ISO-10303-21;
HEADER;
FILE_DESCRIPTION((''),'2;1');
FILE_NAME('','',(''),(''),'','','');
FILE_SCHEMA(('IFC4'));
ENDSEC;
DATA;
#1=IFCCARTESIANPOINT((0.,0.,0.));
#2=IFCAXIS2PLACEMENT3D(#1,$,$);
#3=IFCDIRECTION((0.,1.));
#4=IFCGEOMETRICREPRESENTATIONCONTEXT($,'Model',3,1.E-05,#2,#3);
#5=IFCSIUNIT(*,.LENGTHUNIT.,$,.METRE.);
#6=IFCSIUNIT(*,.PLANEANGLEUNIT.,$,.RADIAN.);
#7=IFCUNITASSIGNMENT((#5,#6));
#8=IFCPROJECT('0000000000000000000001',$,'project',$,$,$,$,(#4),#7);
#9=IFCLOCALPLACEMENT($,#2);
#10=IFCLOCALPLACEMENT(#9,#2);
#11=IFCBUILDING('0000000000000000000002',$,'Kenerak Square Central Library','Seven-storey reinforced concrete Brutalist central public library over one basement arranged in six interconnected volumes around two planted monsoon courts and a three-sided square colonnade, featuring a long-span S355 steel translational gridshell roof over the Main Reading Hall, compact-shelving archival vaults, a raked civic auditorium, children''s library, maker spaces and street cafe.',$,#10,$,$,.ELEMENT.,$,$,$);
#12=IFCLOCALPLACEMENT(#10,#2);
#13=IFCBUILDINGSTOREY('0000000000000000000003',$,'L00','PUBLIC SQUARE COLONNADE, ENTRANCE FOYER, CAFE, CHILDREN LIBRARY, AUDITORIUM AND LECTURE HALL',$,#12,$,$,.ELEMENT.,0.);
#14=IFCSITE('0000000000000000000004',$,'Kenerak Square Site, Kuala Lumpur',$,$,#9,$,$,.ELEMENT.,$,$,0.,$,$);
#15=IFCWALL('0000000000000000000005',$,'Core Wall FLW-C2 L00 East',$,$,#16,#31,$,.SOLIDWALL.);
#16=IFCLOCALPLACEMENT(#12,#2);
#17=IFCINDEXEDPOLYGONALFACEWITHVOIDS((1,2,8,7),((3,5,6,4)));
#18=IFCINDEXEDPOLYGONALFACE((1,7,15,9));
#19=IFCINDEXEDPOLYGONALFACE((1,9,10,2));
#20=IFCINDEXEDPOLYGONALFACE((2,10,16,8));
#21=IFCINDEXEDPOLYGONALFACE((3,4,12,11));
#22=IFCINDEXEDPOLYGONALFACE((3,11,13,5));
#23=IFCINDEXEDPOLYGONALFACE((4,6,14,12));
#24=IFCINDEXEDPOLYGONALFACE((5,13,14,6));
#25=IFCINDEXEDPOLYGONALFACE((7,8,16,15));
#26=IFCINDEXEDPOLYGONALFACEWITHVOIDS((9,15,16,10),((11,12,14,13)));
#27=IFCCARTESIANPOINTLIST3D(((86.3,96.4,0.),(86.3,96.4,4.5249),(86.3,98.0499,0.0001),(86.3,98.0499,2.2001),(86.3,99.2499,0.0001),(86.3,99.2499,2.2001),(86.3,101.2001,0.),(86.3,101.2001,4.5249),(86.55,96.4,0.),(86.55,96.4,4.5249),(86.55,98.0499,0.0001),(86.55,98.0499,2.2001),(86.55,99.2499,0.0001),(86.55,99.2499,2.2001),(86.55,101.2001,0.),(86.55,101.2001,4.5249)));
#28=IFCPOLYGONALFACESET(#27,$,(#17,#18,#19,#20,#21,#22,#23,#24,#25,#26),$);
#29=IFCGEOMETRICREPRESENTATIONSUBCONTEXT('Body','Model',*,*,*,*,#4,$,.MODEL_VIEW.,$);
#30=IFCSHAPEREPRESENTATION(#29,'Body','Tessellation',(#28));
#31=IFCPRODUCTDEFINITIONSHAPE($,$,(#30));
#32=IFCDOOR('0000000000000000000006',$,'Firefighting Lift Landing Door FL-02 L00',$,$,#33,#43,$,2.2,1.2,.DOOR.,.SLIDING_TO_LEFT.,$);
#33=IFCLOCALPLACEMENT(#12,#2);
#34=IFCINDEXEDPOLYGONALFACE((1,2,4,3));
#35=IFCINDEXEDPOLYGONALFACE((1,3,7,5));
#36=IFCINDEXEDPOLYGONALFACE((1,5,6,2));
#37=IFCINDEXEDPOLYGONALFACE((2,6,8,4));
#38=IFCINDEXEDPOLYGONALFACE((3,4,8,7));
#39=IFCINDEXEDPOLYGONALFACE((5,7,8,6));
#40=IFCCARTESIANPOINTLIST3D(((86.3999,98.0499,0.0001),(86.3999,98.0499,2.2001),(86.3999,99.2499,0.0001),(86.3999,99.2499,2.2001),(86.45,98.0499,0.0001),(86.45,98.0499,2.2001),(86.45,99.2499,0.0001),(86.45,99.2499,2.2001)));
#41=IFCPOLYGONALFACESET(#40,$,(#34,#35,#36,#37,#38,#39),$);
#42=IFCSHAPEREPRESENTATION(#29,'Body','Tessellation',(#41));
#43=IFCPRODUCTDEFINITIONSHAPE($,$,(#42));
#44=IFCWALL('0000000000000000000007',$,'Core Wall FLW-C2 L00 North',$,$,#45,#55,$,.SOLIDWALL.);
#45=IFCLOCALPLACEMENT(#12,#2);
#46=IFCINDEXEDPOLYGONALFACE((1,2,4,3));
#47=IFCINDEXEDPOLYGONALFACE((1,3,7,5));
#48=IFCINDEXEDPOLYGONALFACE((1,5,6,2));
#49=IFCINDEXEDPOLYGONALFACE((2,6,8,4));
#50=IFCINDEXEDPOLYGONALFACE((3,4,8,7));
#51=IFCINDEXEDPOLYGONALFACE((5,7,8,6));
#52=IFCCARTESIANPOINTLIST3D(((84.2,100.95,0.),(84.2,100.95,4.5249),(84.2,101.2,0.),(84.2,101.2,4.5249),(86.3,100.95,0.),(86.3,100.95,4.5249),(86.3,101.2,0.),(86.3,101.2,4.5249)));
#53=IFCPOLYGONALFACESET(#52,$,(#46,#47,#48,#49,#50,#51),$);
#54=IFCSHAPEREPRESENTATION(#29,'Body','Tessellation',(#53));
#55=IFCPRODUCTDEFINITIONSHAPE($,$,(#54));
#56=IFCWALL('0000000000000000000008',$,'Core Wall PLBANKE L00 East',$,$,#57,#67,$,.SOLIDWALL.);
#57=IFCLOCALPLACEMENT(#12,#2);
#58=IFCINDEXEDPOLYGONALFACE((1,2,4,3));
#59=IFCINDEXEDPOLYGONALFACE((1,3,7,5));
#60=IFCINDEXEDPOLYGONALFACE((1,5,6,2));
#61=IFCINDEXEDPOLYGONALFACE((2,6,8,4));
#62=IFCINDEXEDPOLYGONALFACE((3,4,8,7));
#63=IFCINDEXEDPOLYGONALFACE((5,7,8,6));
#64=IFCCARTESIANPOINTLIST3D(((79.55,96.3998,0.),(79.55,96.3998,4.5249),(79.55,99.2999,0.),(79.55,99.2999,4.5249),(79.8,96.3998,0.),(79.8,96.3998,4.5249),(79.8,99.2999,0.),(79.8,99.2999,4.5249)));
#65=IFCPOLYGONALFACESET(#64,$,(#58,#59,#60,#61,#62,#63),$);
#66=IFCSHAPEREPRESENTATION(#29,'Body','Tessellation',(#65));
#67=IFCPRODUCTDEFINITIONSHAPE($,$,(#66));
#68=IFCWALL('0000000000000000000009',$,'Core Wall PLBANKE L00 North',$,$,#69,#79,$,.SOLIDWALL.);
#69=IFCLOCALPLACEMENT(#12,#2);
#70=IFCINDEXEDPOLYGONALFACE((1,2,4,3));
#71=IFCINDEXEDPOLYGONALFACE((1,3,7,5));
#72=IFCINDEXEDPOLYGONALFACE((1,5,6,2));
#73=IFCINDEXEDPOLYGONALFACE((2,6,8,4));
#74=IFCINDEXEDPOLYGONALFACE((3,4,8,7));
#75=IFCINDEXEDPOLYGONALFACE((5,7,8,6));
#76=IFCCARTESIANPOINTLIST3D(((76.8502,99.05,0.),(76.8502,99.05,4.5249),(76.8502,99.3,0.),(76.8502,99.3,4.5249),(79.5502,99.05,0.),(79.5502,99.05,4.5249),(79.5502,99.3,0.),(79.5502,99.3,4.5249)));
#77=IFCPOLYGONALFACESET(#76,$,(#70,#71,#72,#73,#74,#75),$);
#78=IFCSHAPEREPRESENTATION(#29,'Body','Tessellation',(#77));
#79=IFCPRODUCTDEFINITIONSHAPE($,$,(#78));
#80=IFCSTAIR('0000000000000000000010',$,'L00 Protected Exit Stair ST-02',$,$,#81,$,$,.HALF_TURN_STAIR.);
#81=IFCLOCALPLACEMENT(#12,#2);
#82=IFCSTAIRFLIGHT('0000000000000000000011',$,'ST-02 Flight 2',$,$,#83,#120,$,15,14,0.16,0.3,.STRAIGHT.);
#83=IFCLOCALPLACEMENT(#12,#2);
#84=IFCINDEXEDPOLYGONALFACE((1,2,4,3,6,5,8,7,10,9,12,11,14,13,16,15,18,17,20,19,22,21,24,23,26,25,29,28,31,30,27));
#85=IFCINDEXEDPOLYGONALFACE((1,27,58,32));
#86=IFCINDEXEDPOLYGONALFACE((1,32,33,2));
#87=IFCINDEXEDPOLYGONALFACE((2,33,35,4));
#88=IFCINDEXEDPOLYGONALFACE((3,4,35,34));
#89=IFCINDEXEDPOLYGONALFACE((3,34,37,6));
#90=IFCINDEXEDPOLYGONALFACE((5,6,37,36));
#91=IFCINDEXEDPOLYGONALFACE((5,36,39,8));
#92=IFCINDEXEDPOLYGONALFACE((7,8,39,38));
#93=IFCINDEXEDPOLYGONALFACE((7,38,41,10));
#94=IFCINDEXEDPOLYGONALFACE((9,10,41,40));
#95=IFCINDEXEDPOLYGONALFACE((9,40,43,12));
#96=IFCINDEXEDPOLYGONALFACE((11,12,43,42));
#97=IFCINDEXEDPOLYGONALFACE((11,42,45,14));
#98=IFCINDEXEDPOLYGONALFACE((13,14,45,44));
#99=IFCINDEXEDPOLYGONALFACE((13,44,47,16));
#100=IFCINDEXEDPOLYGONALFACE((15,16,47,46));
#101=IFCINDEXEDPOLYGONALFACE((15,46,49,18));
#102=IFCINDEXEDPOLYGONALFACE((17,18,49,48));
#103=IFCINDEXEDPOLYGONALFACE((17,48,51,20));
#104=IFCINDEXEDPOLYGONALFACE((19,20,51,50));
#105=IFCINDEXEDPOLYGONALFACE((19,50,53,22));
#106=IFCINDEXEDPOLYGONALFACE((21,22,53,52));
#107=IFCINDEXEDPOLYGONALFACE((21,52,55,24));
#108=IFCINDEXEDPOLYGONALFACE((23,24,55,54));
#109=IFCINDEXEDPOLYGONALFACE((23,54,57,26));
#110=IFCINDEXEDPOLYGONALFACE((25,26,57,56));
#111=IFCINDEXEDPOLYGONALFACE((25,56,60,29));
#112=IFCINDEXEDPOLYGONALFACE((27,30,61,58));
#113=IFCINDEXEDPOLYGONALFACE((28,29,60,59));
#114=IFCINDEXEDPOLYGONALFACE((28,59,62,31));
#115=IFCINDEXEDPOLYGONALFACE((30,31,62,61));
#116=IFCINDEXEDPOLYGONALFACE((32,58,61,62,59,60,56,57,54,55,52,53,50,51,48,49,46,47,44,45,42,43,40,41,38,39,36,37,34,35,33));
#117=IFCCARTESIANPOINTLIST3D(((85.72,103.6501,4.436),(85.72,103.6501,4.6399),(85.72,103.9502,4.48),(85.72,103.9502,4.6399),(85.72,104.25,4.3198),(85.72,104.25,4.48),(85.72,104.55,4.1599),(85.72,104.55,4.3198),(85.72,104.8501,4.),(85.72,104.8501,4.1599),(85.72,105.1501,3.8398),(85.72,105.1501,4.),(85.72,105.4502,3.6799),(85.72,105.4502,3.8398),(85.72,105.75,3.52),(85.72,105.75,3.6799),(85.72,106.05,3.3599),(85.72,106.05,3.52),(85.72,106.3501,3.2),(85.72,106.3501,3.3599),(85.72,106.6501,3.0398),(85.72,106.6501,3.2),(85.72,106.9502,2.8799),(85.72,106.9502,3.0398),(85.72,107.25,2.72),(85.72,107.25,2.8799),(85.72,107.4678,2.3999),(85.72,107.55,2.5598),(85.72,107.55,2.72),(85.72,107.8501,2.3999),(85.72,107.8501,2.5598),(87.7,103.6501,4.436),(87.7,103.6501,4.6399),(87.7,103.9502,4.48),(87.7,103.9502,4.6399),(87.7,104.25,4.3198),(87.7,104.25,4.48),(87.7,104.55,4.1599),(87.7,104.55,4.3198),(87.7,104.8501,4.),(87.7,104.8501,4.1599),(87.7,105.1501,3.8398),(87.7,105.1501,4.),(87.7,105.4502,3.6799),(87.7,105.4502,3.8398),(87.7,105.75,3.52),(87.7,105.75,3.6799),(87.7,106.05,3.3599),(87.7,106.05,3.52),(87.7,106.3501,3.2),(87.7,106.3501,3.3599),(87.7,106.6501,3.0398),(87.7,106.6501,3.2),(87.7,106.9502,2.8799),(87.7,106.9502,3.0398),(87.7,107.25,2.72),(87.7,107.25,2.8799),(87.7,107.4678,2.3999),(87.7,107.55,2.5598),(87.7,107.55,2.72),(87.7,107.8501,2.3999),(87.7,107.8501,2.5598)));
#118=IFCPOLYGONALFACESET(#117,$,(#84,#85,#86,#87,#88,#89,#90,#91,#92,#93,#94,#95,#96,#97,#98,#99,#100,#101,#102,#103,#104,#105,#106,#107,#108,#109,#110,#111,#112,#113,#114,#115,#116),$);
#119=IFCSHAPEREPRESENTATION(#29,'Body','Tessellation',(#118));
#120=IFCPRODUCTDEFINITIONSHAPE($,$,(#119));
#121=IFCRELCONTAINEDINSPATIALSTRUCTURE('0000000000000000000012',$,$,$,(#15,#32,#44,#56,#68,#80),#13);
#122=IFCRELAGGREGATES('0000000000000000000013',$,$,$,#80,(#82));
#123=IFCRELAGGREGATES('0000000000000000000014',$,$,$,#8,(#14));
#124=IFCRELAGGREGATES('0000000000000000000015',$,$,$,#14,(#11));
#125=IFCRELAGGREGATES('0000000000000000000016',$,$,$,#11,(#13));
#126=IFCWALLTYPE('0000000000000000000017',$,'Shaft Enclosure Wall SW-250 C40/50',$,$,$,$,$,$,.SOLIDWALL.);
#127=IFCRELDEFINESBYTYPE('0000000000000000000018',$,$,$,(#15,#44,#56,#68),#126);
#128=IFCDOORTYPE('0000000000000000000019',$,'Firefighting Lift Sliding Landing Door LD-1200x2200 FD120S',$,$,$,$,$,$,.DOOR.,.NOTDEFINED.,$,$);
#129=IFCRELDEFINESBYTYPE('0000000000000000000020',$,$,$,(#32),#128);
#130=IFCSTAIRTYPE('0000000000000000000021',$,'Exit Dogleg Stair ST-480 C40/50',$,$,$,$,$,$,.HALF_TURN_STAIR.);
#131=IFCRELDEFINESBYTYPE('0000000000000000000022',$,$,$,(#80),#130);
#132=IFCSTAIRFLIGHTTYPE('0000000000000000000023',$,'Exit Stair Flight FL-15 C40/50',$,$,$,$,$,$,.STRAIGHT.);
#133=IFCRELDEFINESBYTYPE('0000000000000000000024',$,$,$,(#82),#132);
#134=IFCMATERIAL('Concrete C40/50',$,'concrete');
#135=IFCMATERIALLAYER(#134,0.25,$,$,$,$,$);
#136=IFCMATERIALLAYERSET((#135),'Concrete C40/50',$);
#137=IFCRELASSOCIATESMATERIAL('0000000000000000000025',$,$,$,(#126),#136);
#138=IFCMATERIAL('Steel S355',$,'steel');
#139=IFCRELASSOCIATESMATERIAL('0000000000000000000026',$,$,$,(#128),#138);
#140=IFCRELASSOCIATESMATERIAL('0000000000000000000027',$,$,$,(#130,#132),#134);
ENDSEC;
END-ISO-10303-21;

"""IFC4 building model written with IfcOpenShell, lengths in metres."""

from ifc_helpers import new_model, si_unit, direction, frame, frame_2d, origin, place, context, subcontext, project, spatial, polyline, rectangle, outline, extrude, material, layer, layer_set, type_object, element, fill, aggregate, save


model = new_model("IFC4")

# Units and contexts
model_context = context("Model", 3, precision=1e-05, world=origin(), true_north=direction((0.0, 1.0)))
body_context = subcontext(model_context, "Body", "Model", "MODEL_VIEW")
ifc_project = project(units=[si_unit("LENGTHUNIT", "METRE"), si_unit("PLANEANGLEUNIT", "RADIAN")], contexts=[model_context])

# Site, building, storey
site_placement = place(None, origin())
site = spatial("IfcSite", under=ifc_project, at=site_placement, Name="Kenerak Square Site, Kuala Lumpur", CompositionType="ELEMENT", RefElevation=0.0)
building_placement = place(site_placement, origin())
building = spatial("IfcBuilding", under=site, at=building_placement, Name="Kenerak Square Central Library", Description="Seven-storey reinforced concrete Brutalist central public library over one basement arranged in six interconnected volumes around two planted monsoon courts and a three-sided square colonnade, featuring a long-span S355 steel translational gridshell roof over the Main Reading Hall, compact-shelving archival vaults, a raked civic auditorium, children's library, maker spaces and street cafe.", CompositionType="ELEMENT")
storey_placement = place(building_placement, origin())
storey = spatial("IfcBuildingStorey", under=building, at=storey_placement, Name="L00", Description="PUBLIC SQUARE COLONNADE, ENTRANCE FOYER, CAFE, CHILDREN LIBRARY, AUDITORIUM AND LECTURE HALL", CompositionType="ELEMENT", Elevation=0.0)

# Shared definitions
ifc_material_1 = material(Name="Concrete C40/50", Category="concrete")

# Wall, opening, door
ifc_layer_1 = layer(ifc_material_1, 0.25)
ifc_layer_set_1 = layer_set([ifc_layer_1], Name="Concrete C40/50")
wall_type_1 = type_object("IfcWallType", Name="Shaft Enclosure Wall SW-250 C40/50", PredefinedType="SOLIDWALL", material=ifc_layer_set_1)
wall_1_placement = place(storey_placement, frame((86.425, 101.2, 0.0), z_axis=(0.0, 0.0, 1.0), x_axis=(0.0, -1.0, 0.0)))
wall_1 = element("IfcWall", 1, at=wall_1_placement, inside=storey, type_object=wall_type_1, Name="Core Wall FLW-C2 L00 East", PredefinedType="SOLIDWALL", context=body_context, shape_type="SweptSolid", body=[
    extrude(rectangle(XDim=4.8, YDim=0.25, at=frame_2d((2.3999, 0.0))), origin(), (0.0, 0.0, 1.0), 4.5249),
])
opening_1_placement = place(wall_1_placement, frame((1.95, 0.0, 0.0)))
opening_1 = element("IfcOpeningElement", 2, at=opening_1_placement, cuts=wall_1, PredefinedType="OPENING", context=body_context, shape_type="SweptSolid", body=[
    extrude(rectangle(XDim=1.2, YDim=2.2, at=frame_2d((0.6001, 1.1001))), frame((0.0, 0.135, 0.0), z_axis=(0.0, -1.0, 0.0), x_axis=(1.0, 0.0, 0.0)), (0.0, 0.0, 1.0), 0.27),
])
ifc_material_2 = material(Name="Steel S355", Category="steel")
door_type_1 = type_object("IfcDoorType", Name="Firefighting Lift Sliding Landing Door LD-1200x2200 FD120S", OperationType="NOTDEFINED", PredefinedType="DOOR", material=ifc_material_2)
door_1_placement = place(opening_1_placement, origin())
door_1 = element("IfcDoor", 3, at=door_1_placement, inside=storey, type_object=door_type_1, Name="Firefighting Lift Landing Door FL-02 L00", OperationType="SLIDING_TO_LEFT", OverallHeight=2.2, OverallWidth=1.2, PredefinedType="DOOR", context=body_context, shape_type="SweptSolid", body=[
    extrude(rectangle(XDim=1.2, YDim=2.2, at=frame_2d((0.6001, 1.1001))), frame((0.0, 0.0249, 0.0), z_axis=(0.0, -1.0, 0.0), x_axis=(1.0, 0.0, 0.0)), (0.0, 0.0, 1.0), 0.05),
])
fill(opening_1, door_1)

# Walls
wall_2_placement = place(storey_placement, frame((84.2, 101.075, 0.0), z_axis=(0.0, 0.0, 1.0), x_axis=(1.0, 0.0, 0.0)))
element("IfcWall", 4, at=wall_2_placement, inside=storey, type_object=wall_type_1, Name="Core Wall FLW-C2 L00 North", PredefinedType="SOLIDWALL", context=body_context, shape_type="SweptSolid", body=[
    extrude(rectangle(XDim=2.1001, YDim=0.25, at=frame_2d((1.05, 0.0))), origin(), (0.0, 0.0, 1.0), 4.5249),
])
wall_3_placement = place(storey_placement, frame((79.675, 99.3, 0.0), z_axis=(0.0, 0.0, 1.0), x_axis=(0.0, -1.0, 0.0)))
element("IfcWall", 5, at=wall_3_placement, inside=storey, type_object=wall_type_1, Name="Core Wall PLBANKE L00 East", PredefinedType="SOLIDWALL", context=body_context, shape_type="SweptSolid", body=[
    extrude(rectangle(XDim=2.9001, YDim=0.25, at=frame_2d((1.4502, 0.0))), origin(), (0.0, 0.0, 1.0), 4.5249),
])
wall_4_placement = place(storey_placement, frame((76.8501, 99.175, 0.0), z_axis=(0.0, 0.0, 1.0), x_axis=(1.0, 0.0, 0.0)))
element("IfcWall", 6, at=wall_4_placement, inside=storey, type_object=wall_type_1, Name="Core Wall PLBANKE L00 North", PredefinedType="SOLIDWALL", context=body_context, shape_type="SweptSolid", body=[
    extrude(rectangle(XDim=2.7, YDim=0.25, at=frame_2d((1.3501, 0.0))), origin(), (0.0, 0.0, 1.0), 4.5249),
])

# Stair, stair flight
stair_type = type_object("IfcStairType", Name="Exit Dogleg Stair ST-480 C40/50", PredefinedType="HALF_TURN_STAIR", material=ifc_material_1)
stair_placement = place(storey_placement, origin())
stair = element("IfcStair", 7, at=stair_placement, inside=storey, type_object=stair_type, Name="L00 Protected Exit Stair ST-02", PredefinedType="HALF_TURN_STAIR")
stair_flight_type = type_object("IfcStairFlightType", Name="Exit Stair Flight FL-15 C40/50", PredefinedType="STRAIGHT", material=ifc_material_1)
stair_flight_placement = place(storey_placement, frame((86.71, 107.8501, 2.3999), z_axis=(0.0, 0.0, 1.0), x_axis=(0.0, -1.0, 0.0)))
stair_flight = element("IfcStairFlight", 8, at=stair_flight_placement, type_object=stair_flight_type, Name="ST-02 Flight 2", NumberOfRisers=15, NumberOfTreads=14, PredefinedType="STRAIGHT", RiserHeight=0.16, TreadLength=0.3, context=body_context, shape_type="SweptSolid", body=[
    extrude(outline(polyline([(0.0, 0.0), (0.0, 0.1599), (0.3, 0.1599), (0.3, 0.3201), (0.6001, 0.3201), (0.6001, 0.48), (0.8999, 0.48), (0.8999, 0.6399), (1.2, 0.6399), (1.2, 0.8), (1.5, 0.8), (1.5, 0.96), (1.8, 0.96), (1.8, 1.1201), (2.1001, 1.1201), (2.1001, 1.28), (2.3999, 1.28), (2.3999, 1.4399), (2.7, 1.4399), (2.7, 1.6001), (3.0, 1.6001), (3.0, 1.76), (3.3, 1.76), (3.3, 1.9199), (3.6001, 1.9199), (3.6001, 2.0801), (3.8999, 2.0801), (3.8999, 2.24), (4.2, 2.24), (4.2, 2.3999), (4.2, 2.0361), (0.3823, 0.0), (0.0, 0.0)])), frame((0.0, 0.99, 0.0), z_axis=(0.0, -1.0, 0.0), x_axis=(1.0, 0.0, 0.0)), (0.0, 0.0, 1.0), 1.98),
])
aggregate(stair, [stair_flight])

save(model, "model.ifc")
